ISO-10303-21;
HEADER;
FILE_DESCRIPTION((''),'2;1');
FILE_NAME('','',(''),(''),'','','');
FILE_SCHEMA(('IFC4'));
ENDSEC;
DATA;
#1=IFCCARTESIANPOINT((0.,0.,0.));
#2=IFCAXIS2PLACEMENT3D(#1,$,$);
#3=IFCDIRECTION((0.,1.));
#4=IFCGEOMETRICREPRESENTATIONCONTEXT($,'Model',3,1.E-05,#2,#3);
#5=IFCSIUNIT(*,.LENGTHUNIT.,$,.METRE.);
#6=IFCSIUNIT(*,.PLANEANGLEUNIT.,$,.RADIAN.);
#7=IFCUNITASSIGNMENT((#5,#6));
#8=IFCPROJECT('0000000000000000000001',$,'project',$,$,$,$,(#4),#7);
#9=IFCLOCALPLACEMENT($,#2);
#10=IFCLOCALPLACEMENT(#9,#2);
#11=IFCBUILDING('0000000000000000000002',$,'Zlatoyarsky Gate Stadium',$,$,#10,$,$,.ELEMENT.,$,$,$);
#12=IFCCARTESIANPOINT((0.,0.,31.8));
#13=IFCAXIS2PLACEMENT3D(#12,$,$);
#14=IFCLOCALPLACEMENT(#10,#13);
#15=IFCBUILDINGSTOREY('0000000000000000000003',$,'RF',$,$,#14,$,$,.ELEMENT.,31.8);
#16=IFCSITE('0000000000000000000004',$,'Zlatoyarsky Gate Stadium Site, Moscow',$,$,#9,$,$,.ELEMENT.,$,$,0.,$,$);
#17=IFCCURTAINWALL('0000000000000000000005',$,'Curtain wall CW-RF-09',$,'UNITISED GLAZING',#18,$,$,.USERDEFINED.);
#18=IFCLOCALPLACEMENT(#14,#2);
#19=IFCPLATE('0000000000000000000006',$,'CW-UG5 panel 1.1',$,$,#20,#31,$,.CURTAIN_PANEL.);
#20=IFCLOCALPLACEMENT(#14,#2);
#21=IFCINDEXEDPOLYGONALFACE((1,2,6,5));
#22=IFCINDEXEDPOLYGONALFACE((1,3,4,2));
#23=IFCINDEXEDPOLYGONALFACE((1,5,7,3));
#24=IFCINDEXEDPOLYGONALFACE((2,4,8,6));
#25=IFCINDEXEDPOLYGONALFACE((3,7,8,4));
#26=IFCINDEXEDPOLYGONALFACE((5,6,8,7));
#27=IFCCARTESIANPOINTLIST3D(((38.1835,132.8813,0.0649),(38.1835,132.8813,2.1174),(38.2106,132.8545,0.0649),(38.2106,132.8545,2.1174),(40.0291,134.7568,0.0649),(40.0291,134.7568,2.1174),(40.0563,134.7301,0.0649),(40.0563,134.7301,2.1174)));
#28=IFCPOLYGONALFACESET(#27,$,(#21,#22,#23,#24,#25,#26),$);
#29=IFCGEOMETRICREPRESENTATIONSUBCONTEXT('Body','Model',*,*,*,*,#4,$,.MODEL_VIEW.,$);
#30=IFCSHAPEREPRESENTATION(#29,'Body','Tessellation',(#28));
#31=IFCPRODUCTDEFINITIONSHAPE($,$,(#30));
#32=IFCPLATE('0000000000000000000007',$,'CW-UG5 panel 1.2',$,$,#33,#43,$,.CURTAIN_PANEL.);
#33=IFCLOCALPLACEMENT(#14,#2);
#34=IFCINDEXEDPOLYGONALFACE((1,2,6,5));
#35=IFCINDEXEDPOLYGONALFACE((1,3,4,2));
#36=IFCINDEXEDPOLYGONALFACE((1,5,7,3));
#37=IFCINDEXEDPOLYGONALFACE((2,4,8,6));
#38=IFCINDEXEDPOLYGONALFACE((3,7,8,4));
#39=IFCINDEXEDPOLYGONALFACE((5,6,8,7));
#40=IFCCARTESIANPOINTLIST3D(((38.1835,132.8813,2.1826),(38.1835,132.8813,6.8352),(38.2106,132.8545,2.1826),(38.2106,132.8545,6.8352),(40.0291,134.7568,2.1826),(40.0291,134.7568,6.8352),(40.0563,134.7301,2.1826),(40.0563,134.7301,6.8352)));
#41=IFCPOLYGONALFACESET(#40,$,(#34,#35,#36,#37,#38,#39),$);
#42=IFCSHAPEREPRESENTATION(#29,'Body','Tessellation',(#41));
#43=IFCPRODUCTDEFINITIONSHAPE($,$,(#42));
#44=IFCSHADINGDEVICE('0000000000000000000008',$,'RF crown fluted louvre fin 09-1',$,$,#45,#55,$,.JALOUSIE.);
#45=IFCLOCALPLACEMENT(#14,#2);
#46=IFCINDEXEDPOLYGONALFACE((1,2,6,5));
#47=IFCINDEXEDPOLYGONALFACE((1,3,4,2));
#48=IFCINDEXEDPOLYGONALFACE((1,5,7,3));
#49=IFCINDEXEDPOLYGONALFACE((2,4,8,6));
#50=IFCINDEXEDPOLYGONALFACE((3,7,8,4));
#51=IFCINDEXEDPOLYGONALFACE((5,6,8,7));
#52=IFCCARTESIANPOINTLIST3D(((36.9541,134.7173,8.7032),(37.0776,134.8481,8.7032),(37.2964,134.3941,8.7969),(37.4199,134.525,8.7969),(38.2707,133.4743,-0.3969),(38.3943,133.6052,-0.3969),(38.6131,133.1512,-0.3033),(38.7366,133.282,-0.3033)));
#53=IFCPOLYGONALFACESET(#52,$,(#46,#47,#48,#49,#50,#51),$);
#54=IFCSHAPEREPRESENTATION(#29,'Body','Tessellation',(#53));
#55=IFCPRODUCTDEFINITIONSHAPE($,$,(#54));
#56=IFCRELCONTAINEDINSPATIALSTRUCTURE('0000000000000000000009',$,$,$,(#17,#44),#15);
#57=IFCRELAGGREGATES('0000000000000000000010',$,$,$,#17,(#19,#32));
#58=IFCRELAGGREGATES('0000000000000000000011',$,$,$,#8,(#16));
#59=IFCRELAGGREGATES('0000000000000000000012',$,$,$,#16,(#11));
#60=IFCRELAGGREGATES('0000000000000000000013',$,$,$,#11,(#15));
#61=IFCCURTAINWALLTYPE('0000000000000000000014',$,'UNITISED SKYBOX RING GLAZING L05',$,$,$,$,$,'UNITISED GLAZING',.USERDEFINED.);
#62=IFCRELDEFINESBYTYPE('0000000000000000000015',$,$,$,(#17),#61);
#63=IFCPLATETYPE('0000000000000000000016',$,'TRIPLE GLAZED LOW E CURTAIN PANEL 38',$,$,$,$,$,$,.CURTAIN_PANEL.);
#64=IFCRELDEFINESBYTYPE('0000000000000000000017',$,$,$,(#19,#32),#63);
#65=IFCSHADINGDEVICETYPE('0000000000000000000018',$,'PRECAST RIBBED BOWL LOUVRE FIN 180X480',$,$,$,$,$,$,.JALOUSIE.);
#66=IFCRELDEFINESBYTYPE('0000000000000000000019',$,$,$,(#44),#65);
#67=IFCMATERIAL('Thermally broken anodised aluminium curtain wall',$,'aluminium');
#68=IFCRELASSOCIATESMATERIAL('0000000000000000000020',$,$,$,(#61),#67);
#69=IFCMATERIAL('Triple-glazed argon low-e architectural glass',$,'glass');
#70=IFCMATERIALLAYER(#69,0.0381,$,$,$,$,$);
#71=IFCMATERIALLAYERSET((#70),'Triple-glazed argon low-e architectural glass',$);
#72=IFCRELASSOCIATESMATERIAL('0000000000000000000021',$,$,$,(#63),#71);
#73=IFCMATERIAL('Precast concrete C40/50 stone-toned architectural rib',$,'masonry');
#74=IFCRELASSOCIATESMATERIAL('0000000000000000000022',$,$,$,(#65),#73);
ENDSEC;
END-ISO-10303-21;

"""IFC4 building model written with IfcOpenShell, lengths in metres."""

from ifc_helpers import new_model, si_unit, direction, frame, origin, origin_2d, place, context, subcontext, project, spatial, rectangle, extrude, material, layer, layer_set, material_profile, profile_set, type_object, element, aggregate, save


model = new_model("IFC4")

# Units and contexts
model_context = context("Model", 3, precision=1e-05, world=origin(), true_north=direction((0.0, 1.0)))
body_context = subcontext(model_context, "Body", "Model", "MODEL_VIEW")
ifc_project = project(units=[si_unit("LENGTHUNIT", "METRE"), si_unit("PLANEANGLEUNIT", "RADIAN")], contexts=[model_context])

# Site, building, storey
site_placement = place(None, origin())
site = spatial("IfcSite", under=ifc_project, at=site_placement, Name="Zlatoyarsky Gate Stadium Site, Moscow", CompositionType="ELEMENT", RefElevation=0.0)
building_placement = place(site_placement, origin())
building = spatial("IfcBuilding", under=site, at=building_placement, Name="Zlatoyarsky Gate Stadium", CompositionType="ELEMENT")
storey_placement = place(building_placement, frame((0.0, 0.0, 31.8)))
storey = spatial("IfcBuildingStorey", under=building, at=storey_placement, Name="RF", CompositionType="ELEMENT", Elevation=31.8)

# Curtain wall
ifc_material_1 = material(Name="Thermally broken anodised aluminium curtain wall", Category="aluminium")
curtain_wall_type = type_object("IfcCurtainWallType", Name="UNITISED SKYBOX RING GLAZING L05", ElementType="UNITISED GLAZING", PredefinedType="USERDEFINED", material=ifc_material_1)
curtain_wall_placement = place(storey_placement, origin())
curtain_wall = element("IfcCurtainWall", 1, at=curtain_wall_placement, inside=storey, type_object=curtain_wall_type, Name="Curtain wall CW-RF-09", ObjectType="UNITISED GLAZING", PredefinedType="USERDEFINED")

# Plates
ifc_material_2 = material(Name="Triple-glazed argon low-e architectural glass", Category="glass")
ifc_layer_1 = layer(ifc_material_2, 0.0381)
ifc_layer_set_1 = layer_set([ifc_layer_1], Name="Triple-glazed argon low-e architectural glass")
plate_type_1 = type_object("IfcPlateType", Name="TRIPLE GLAZED LOW E CURTAIN PANEL 38", PredefinedType="CURTAIN_PANEL", material=ifc_layer_set_1)
plate_1_placement = place(storey_placement, frame((39.1199, 133.8057, 0.0649), z_axis=(0.0, 0.0, 1.0), x_axis=(-0.701402, -0.712766, 0.0)))
plate_1 = element("IfcPlate", 2, at=plate_1_placement, type_object=plate_type_1, Name="CW-UG5 panel 1.1", PredefinedType="CURTAIN_PANEL", context=body_context, shape_type="SweptSolid", body=[
    extrude(rectangle(XDim=2.6313, YDim=0.0381, at=origin_2d()), origin(), (0.0, 0.0, 1.0), 2.0525),
])
plate_2_placement = place(storey_placement, frame((39.1199, 133.8057, 2.1826), z_axis=(0.0, 0.0, 1.0), x_axis=(-0.701402, -0.712766, 0.0)))
plate_2 = element("IfcPlate", 3, at=plate_2_placement, type_object=plate_type_1, Name="CW-UG5 panel 1.2", PredefinedType="CURTAIN_PANEL", context=body_context, shape_type="SweptSolid", body=[
    extrude(rectangle(XDim=2.6313, YDim=0.0381, at=origin_2d()), origin(), (0.0, 0.0, 1.0), 4.6526),
])
aggregate(curtain_wall, [plate_1, plate_2])

# Shading device
ifc_material_3 = material(Name="Precast concrete C40/50 stone-toned architectural rib", Category="masonry")
ifc_material_profile_1 = material_profile(ifc_material_3, rectangle(XDim=0.1799, YDim=0.48, at=origin_2d()), Name="RIB 180X480")
ifc_profile_set_1 = profile_set([ifc_material_profile_1], Name="Precast concrete C40/50 stone-toned architectural rib")
shading_device_type = type_object("IfcShadingDeviceType", Name="PRECAST RIBBED BOWL LOUVRE FIN 180X480", PredefinedType="JALOUSIE", material=ifc_profile_set_1)
shading_device_placement = place(storey_placement, frame((38.5037, 133.3782, -0.3501), z_axis=(-0.141904, 0.133957, 0.980775), x_axis=(-0.686453, -0.727174, 0.0)))
element("IfcShadingDevice", 4, at=shading_device_placement, inside=storey, type_object=shading_device_type, Name="RF crown fluted louvre fin 09-1", PredefinedType="JALOUSIE", context=body_context, shape_type="SweptSolid", body=[
    extrude(rectangle(XDim=0.1799, YDim=0.48, at=origin_2d()), origin(), (0.0, 0.0, 1.0), 9.2786),
])

save(model, "model.ifc")
